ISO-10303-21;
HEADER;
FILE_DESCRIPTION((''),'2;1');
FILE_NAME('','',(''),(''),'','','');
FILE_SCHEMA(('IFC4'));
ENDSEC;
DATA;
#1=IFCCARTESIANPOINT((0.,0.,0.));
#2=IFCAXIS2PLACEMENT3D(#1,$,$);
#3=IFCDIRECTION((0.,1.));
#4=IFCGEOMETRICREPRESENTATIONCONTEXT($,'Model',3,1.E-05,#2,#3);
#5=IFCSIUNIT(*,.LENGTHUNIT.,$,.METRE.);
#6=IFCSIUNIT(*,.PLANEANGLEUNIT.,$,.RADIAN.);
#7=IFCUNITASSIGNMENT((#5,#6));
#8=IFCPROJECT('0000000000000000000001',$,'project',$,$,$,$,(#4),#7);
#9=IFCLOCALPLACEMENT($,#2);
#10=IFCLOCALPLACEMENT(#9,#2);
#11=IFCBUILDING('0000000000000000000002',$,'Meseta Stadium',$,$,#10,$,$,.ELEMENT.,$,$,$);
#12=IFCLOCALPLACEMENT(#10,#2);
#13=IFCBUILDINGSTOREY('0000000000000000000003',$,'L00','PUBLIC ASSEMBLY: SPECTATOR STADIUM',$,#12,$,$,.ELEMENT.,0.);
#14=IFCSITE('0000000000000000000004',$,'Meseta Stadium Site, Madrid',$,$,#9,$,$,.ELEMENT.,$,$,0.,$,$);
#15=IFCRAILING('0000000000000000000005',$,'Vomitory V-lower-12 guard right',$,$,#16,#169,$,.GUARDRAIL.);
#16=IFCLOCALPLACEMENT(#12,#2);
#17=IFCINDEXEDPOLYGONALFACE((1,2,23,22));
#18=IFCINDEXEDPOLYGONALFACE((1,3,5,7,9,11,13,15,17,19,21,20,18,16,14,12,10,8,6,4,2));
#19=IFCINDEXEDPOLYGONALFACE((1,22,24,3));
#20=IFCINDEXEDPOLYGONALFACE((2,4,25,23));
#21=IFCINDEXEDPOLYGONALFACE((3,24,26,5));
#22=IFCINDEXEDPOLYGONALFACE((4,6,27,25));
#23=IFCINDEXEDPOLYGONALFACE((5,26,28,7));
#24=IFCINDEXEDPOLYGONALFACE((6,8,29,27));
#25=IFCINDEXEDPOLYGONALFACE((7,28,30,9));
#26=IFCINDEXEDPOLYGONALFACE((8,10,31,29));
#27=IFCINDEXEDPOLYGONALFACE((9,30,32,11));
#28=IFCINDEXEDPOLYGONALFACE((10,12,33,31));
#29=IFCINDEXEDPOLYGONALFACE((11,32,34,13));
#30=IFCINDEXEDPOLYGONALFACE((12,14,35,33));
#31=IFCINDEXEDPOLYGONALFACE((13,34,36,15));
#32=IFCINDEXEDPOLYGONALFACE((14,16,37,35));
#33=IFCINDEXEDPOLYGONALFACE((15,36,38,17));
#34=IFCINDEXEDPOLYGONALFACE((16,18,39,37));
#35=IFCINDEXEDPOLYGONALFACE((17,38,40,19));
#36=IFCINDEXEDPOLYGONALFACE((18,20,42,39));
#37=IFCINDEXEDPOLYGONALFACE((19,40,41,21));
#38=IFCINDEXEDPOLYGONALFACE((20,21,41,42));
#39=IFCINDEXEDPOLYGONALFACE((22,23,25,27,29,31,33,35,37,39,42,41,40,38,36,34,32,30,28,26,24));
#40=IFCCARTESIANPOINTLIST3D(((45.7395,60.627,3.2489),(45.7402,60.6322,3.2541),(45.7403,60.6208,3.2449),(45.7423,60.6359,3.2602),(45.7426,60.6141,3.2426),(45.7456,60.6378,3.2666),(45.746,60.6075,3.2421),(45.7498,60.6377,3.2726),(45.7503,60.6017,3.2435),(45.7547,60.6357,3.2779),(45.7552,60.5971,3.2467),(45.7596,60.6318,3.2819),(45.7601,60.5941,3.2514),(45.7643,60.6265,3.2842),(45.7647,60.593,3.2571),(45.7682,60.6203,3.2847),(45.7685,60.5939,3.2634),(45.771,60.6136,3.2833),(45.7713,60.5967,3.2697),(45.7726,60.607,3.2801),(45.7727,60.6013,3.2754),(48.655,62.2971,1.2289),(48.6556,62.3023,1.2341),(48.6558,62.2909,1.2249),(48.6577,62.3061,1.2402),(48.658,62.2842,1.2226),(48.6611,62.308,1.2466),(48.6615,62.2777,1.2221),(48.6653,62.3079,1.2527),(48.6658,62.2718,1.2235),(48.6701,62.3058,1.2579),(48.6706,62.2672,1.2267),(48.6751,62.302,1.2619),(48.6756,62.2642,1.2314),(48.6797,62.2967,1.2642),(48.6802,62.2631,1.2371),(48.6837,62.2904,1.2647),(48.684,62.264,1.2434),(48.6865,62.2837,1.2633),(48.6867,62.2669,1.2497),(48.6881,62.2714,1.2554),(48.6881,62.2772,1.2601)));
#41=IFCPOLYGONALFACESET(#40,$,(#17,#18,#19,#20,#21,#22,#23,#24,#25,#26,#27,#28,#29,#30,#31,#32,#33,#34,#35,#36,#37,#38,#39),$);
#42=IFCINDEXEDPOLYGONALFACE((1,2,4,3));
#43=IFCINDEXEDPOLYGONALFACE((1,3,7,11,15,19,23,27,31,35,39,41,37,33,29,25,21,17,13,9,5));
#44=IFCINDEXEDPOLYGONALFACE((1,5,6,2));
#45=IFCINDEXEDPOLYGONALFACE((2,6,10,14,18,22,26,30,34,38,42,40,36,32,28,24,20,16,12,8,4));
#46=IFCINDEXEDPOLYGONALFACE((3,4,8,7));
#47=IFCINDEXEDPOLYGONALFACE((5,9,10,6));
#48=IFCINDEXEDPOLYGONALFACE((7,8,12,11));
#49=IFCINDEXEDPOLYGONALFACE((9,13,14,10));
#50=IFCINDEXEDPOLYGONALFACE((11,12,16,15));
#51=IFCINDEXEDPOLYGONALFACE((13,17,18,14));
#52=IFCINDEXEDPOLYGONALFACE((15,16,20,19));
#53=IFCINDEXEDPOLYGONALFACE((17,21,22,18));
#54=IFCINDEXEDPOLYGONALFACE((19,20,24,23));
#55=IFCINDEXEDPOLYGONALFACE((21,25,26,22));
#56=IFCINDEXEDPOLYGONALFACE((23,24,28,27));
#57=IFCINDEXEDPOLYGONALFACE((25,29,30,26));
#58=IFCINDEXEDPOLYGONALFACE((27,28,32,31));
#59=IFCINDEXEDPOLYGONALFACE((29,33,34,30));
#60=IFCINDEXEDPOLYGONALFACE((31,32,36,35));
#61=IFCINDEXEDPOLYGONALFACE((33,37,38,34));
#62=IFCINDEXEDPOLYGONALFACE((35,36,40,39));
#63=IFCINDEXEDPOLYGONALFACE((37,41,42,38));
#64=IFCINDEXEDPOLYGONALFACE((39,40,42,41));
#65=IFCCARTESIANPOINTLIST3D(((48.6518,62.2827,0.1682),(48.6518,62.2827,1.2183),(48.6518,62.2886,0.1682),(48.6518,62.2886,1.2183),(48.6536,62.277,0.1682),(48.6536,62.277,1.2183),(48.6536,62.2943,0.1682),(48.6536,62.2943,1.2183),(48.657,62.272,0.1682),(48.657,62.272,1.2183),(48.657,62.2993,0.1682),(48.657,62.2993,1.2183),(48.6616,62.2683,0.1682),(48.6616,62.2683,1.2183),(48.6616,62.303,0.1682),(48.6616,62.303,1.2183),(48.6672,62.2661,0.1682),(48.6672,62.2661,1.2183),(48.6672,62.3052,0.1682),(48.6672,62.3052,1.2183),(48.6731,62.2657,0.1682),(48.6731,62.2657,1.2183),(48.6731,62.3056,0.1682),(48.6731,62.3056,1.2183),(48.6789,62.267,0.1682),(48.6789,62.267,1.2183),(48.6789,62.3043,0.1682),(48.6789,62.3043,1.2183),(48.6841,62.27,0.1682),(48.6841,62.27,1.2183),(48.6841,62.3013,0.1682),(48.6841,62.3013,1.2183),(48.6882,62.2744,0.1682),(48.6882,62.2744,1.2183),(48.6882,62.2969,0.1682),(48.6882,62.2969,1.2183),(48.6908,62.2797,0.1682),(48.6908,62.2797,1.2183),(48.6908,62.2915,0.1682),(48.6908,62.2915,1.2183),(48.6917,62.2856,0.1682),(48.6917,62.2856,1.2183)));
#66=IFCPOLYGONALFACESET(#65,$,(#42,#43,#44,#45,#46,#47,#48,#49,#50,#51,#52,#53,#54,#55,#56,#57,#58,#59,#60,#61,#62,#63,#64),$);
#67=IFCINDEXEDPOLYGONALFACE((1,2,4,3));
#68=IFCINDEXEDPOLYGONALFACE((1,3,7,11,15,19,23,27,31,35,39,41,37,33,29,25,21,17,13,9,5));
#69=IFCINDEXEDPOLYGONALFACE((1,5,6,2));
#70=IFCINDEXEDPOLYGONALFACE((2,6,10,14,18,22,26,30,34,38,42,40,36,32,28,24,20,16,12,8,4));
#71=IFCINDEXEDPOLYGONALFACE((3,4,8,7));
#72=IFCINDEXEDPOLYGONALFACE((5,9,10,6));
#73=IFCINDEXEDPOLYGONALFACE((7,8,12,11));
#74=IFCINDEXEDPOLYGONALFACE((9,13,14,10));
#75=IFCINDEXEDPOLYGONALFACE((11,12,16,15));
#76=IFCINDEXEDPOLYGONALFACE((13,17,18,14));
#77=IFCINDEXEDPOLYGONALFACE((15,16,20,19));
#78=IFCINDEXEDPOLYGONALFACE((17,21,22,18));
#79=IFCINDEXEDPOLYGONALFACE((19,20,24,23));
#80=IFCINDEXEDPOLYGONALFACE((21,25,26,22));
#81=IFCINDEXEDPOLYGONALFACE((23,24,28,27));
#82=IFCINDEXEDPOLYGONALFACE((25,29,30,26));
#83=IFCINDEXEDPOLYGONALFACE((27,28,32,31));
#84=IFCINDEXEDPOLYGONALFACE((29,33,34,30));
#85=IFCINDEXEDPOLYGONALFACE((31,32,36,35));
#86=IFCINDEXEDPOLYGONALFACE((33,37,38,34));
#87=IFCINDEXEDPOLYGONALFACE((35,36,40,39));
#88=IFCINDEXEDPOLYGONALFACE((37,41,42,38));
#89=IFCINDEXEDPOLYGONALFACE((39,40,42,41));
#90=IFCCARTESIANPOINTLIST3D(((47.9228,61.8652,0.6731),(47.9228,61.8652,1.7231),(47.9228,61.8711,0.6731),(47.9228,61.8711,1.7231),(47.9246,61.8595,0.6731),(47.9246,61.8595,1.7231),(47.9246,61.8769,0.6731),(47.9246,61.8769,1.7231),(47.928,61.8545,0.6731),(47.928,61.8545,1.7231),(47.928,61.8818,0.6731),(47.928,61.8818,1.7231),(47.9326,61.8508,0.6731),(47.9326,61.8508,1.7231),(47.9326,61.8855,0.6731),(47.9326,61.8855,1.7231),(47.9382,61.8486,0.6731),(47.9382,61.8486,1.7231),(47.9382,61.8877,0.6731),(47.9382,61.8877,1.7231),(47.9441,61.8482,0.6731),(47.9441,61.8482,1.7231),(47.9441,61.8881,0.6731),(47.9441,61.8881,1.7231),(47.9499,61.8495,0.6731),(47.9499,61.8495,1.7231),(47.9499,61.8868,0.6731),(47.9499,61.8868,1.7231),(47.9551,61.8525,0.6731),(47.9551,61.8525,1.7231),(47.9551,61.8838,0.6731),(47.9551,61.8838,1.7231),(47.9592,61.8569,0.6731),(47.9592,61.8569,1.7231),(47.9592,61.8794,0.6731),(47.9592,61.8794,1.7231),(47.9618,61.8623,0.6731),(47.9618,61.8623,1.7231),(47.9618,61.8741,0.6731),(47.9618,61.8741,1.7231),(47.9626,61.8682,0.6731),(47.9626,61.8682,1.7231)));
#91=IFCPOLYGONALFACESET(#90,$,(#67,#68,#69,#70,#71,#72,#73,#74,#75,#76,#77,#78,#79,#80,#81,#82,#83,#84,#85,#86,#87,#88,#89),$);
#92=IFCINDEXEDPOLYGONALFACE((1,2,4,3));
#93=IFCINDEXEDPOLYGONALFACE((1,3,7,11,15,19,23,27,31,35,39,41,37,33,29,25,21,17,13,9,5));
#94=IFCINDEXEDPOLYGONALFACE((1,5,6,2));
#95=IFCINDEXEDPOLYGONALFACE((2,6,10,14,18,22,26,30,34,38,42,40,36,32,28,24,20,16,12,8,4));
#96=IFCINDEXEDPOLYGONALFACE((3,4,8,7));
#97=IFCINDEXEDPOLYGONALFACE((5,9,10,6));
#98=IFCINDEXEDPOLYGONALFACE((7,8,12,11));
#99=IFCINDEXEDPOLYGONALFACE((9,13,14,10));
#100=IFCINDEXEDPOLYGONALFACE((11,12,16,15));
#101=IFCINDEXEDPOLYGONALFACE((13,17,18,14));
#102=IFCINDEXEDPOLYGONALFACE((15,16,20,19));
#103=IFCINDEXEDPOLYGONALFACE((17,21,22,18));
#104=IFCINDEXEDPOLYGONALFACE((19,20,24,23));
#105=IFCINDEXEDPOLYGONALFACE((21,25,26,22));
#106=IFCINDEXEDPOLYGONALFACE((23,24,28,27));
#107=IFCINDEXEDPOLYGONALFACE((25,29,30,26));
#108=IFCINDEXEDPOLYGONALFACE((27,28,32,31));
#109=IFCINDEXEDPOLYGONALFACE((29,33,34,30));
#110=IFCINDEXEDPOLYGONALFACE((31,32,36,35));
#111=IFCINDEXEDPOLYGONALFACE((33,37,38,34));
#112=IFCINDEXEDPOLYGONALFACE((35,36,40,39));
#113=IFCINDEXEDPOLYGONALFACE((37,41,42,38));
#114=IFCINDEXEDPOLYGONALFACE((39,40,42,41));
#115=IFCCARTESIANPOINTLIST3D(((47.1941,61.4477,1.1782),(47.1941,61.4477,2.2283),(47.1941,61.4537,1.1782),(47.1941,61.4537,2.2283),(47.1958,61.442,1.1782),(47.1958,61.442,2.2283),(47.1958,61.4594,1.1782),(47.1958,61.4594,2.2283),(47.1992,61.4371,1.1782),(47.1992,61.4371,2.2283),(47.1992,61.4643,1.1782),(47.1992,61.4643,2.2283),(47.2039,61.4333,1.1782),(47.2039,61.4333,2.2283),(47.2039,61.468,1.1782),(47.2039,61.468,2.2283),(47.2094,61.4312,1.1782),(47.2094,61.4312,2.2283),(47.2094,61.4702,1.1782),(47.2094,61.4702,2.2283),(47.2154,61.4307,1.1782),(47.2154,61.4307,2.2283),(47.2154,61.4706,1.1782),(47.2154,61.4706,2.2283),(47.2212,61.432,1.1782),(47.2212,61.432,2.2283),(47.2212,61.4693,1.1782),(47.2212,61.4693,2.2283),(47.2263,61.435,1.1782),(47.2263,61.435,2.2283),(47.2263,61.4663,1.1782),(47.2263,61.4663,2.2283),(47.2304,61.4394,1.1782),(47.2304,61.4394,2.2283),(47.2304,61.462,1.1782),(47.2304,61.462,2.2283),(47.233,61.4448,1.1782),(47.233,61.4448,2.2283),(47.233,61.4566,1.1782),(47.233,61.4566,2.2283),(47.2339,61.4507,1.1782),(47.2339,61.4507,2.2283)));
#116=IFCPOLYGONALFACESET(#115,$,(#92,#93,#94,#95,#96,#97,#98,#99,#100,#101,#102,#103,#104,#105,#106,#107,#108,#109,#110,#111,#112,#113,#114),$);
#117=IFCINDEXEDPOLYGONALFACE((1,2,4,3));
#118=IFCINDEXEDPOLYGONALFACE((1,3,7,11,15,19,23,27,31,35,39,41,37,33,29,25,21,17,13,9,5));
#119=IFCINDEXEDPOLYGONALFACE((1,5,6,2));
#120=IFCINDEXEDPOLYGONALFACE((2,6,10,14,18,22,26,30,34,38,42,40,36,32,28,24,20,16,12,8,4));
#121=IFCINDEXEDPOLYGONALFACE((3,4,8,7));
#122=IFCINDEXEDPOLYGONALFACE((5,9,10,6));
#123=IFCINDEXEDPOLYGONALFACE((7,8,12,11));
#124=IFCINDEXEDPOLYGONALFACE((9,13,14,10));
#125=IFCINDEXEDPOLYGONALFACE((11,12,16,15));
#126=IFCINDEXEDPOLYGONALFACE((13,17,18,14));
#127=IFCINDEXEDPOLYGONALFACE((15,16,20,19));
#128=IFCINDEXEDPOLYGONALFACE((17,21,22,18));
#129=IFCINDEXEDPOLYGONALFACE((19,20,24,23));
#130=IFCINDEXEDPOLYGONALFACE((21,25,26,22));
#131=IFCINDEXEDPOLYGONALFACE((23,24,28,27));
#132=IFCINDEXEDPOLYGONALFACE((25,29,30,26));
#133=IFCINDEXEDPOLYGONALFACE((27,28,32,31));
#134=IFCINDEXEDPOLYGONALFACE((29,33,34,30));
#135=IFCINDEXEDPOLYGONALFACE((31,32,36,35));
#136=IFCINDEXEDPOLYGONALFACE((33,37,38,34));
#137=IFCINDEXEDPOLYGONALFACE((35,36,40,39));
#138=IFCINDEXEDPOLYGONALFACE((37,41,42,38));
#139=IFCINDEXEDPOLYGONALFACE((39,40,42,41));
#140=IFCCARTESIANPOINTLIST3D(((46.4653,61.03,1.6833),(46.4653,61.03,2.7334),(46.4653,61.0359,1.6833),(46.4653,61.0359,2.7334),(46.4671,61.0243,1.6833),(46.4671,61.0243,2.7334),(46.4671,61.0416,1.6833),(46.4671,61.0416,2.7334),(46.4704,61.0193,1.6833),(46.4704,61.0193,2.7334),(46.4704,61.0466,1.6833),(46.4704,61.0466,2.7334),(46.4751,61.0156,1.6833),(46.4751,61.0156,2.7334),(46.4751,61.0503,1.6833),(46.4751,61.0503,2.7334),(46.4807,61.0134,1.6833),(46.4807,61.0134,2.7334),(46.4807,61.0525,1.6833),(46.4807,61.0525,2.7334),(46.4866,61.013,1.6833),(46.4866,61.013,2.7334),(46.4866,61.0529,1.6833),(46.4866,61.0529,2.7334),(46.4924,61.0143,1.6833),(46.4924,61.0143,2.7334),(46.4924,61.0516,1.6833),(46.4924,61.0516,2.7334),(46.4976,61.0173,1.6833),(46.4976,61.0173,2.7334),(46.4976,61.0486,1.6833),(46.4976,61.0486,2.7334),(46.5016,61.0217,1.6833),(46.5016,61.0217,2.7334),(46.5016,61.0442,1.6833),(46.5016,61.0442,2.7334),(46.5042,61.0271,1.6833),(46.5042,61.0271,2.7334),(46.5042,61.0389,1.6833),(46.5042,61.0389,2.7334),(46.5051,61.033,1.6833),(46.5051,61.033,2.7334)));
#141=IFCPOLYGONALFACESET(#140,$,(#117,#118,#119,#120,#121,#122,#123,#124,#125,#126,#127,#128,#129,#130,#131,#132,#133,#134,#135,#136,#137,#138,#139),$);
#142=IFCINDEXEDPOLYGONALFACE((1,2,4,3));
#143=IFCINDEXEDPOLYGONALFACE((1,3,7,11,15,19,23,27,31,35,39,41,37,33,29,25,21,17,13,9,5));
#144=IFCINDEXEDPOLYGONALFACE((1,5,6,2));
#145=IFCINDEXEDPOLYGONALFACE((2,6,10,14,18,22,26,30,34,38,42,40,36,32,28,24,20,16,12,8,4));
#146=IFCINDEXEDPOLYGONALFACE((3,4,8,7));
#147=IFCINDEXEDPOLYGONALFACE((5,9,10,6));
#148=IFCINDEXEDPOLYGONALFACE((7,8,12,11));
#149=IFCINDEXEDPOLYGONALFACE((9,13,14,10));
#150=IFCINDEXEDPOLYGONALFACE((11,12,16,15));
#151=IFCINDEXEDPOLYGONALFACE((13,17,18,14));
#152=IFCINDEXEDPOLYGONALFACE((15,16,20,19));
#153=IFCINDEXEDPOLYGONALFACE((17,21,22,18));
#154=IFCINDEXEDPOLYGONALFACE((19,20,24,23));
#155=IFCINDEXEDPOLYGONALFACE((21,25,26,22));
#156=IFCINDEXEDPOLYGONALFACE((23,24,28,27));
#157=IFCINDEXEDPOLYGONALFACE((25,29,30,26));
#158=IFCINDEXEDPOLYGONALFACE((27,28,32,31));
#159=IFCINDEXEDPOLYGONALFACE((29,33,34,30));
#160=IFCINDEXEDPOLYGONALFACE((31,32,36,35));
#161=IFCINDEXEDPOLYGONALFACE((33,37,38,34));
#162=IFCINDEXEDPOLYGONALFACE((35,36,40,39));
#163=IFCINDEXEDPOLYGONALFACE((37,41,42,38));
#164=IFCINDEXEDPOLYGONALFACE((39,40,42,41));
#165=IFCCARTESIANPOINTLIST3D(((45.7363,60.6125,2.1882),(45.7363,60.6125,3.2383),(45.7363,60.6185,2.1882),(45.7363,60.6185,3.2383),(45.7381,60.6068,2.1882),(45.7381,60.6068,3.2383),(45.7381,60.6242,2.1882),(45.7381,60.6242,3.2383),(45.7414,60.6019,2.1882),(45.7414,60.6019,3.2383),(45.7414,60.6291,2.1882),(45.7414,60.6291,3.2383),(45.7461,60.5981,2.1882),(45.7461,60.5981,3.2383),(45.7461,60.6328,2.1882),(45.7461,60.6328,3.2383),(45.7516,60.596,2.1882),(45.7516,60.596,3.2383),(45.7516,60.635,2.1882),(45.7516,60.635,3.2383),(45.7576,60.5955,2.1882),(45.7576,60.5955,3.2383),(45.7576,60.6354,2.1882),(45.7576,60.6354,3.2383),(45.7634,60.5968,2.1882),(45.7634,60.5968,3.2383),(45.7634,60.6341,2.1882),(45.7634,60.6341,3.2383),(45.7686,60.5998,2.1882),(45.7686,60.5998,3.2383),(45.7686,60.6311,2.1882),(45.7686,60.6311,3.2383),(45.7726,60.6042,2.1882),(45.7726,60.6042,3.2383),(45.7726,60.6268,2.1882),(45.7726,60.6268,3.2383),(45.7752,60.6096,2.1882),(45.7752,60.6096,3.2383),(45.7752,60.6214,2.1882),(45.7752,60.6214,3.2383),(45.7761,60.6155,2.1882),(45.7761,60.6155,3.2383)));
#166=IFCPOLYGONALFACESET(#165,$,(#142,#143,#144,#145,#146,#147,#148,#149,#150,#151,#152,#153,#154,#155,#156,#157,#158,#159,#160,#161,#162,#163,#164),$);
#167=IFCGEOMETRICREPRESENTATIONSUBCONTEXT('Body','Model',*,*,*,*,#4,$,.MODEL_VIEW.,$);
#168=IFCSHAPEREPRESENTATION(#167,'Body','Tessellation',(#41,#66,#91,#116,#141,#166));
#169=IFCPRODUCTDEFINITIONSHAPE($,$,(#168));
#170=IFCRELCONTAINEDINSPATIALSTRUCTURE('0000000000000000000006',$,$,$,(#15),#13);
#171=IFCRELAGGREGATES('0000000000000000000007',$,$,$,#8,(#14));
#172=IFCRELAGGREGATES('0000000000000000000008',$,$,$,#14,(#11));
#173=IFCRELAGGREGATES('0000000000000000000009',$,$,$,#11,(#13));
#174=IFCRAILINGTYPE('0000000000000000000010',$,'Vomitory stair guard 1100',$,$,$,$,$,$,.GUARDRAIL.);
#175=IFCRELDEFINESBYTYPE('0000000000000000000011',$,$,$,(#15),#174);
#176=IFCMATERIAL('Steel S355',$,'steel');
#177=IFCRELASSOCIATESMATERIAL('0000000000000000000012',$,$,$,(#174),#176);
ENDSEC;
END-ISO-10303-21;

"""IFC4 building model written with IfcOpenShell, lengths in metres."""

from ifc_helpers import new_model, si_unit, direction, frame, origin, origin_2d, place, context, subcontext, project, spatial, circle, extrude, material, type_object, element, save


model = new_model("IFC4")

# Units and contexts
model_context = context("Model", 3, precision=1e-05, world=origin(), true_north=direction((0.0, 1.0)))
body_context = subcontext(model_context, "Body", "Model", "MODEL_VIEW")
ifc_project = project(units=[si_unit("LENGTHUNIT", "METRE"), si_unit("PLANEANGLEUNIT", "RADIAN")], contexts=[model_context])

# Site, building, storey
site_placement = place(None, origin())
site = spatial("IfcSite", under=ifc_project, at=site_placement, Name="Meseta Stadium Site, Madrid", CompositionType="ELEMENT", RefElevation=0.0)
building_placement = place(site_placement, origin())
building = spatial("IfcBuilding", under=site, at=building_placement, Name="Meseta Stadium", CompositionType="ELEMENT")
storey_placement = place(building_placement, origin())
storey = spatial("IfcBuildingStorey", under=building, at=storey_placement, Name="L00", Description="PUBLIC ASSEMBLY: SPECTATOR STADIUM", CompositionType="ELEMENT", Elevation=0.0)

# Railing
ifc_material_1 = material(Name="Steel S355", Category="steel")
railing_type_1 = type_object("IfcRailingType", Name="Vomitory stair guard 1100", PredefinedType="GUARDRAIL", material=ifc_material_1)
for number, where, name in (
    (1, (48.6716, 62.2856, 0.1682), "Vomitory V-lower-12 guard right"),
):
    element("IfcRailing", number, at=place(storey_placement, frame(where)), inside=storey, type_object=railing_type_1, Name=name, PredefinedType="GUARDRAIL", context=body_context, shape_type="SweptSolid", body=[
        extrude(circle(Radius=0.0249, at=origin_2d()), frame((0.0, 0.0, 1.0752), z_axis=(-0.743664, -0.42601, 0.515247), x_axis=(0.49707, -0.867711, 0.0)), (0.0, 0.0, 1.0), 3.9204),
        extrude(circle(Radius=0.02, at=origin_2d()), origin(), (0.0, 0.0, 1.0), 1.05),
        extrude(circle(Radius=0.02, at=origin_2d()), frame((-0.729, -0.4175, 0.5049)), (0.0, 0.0, 1.0), 1.05),
        extrude(circle(Radius=0.02, at=origin_2d()), frame((-1.4578, -0.835, 1.01)), (0.0, 0.0, 1.0), 1.05),
        extrude(circle(Radius=0.02, at=origin_2d()), frame((-2.1865, -1.2527, 1.5151)), (0.0, 0.0, 1.0), 1.05),
        extrude(circle(Radius=0.02, at=origin_2d()), frame((-2.9155, -1.6702, 2.02)), (0.0, 0.0, 1.0), 1.05),
    ])

save(model, "model.ifc")
